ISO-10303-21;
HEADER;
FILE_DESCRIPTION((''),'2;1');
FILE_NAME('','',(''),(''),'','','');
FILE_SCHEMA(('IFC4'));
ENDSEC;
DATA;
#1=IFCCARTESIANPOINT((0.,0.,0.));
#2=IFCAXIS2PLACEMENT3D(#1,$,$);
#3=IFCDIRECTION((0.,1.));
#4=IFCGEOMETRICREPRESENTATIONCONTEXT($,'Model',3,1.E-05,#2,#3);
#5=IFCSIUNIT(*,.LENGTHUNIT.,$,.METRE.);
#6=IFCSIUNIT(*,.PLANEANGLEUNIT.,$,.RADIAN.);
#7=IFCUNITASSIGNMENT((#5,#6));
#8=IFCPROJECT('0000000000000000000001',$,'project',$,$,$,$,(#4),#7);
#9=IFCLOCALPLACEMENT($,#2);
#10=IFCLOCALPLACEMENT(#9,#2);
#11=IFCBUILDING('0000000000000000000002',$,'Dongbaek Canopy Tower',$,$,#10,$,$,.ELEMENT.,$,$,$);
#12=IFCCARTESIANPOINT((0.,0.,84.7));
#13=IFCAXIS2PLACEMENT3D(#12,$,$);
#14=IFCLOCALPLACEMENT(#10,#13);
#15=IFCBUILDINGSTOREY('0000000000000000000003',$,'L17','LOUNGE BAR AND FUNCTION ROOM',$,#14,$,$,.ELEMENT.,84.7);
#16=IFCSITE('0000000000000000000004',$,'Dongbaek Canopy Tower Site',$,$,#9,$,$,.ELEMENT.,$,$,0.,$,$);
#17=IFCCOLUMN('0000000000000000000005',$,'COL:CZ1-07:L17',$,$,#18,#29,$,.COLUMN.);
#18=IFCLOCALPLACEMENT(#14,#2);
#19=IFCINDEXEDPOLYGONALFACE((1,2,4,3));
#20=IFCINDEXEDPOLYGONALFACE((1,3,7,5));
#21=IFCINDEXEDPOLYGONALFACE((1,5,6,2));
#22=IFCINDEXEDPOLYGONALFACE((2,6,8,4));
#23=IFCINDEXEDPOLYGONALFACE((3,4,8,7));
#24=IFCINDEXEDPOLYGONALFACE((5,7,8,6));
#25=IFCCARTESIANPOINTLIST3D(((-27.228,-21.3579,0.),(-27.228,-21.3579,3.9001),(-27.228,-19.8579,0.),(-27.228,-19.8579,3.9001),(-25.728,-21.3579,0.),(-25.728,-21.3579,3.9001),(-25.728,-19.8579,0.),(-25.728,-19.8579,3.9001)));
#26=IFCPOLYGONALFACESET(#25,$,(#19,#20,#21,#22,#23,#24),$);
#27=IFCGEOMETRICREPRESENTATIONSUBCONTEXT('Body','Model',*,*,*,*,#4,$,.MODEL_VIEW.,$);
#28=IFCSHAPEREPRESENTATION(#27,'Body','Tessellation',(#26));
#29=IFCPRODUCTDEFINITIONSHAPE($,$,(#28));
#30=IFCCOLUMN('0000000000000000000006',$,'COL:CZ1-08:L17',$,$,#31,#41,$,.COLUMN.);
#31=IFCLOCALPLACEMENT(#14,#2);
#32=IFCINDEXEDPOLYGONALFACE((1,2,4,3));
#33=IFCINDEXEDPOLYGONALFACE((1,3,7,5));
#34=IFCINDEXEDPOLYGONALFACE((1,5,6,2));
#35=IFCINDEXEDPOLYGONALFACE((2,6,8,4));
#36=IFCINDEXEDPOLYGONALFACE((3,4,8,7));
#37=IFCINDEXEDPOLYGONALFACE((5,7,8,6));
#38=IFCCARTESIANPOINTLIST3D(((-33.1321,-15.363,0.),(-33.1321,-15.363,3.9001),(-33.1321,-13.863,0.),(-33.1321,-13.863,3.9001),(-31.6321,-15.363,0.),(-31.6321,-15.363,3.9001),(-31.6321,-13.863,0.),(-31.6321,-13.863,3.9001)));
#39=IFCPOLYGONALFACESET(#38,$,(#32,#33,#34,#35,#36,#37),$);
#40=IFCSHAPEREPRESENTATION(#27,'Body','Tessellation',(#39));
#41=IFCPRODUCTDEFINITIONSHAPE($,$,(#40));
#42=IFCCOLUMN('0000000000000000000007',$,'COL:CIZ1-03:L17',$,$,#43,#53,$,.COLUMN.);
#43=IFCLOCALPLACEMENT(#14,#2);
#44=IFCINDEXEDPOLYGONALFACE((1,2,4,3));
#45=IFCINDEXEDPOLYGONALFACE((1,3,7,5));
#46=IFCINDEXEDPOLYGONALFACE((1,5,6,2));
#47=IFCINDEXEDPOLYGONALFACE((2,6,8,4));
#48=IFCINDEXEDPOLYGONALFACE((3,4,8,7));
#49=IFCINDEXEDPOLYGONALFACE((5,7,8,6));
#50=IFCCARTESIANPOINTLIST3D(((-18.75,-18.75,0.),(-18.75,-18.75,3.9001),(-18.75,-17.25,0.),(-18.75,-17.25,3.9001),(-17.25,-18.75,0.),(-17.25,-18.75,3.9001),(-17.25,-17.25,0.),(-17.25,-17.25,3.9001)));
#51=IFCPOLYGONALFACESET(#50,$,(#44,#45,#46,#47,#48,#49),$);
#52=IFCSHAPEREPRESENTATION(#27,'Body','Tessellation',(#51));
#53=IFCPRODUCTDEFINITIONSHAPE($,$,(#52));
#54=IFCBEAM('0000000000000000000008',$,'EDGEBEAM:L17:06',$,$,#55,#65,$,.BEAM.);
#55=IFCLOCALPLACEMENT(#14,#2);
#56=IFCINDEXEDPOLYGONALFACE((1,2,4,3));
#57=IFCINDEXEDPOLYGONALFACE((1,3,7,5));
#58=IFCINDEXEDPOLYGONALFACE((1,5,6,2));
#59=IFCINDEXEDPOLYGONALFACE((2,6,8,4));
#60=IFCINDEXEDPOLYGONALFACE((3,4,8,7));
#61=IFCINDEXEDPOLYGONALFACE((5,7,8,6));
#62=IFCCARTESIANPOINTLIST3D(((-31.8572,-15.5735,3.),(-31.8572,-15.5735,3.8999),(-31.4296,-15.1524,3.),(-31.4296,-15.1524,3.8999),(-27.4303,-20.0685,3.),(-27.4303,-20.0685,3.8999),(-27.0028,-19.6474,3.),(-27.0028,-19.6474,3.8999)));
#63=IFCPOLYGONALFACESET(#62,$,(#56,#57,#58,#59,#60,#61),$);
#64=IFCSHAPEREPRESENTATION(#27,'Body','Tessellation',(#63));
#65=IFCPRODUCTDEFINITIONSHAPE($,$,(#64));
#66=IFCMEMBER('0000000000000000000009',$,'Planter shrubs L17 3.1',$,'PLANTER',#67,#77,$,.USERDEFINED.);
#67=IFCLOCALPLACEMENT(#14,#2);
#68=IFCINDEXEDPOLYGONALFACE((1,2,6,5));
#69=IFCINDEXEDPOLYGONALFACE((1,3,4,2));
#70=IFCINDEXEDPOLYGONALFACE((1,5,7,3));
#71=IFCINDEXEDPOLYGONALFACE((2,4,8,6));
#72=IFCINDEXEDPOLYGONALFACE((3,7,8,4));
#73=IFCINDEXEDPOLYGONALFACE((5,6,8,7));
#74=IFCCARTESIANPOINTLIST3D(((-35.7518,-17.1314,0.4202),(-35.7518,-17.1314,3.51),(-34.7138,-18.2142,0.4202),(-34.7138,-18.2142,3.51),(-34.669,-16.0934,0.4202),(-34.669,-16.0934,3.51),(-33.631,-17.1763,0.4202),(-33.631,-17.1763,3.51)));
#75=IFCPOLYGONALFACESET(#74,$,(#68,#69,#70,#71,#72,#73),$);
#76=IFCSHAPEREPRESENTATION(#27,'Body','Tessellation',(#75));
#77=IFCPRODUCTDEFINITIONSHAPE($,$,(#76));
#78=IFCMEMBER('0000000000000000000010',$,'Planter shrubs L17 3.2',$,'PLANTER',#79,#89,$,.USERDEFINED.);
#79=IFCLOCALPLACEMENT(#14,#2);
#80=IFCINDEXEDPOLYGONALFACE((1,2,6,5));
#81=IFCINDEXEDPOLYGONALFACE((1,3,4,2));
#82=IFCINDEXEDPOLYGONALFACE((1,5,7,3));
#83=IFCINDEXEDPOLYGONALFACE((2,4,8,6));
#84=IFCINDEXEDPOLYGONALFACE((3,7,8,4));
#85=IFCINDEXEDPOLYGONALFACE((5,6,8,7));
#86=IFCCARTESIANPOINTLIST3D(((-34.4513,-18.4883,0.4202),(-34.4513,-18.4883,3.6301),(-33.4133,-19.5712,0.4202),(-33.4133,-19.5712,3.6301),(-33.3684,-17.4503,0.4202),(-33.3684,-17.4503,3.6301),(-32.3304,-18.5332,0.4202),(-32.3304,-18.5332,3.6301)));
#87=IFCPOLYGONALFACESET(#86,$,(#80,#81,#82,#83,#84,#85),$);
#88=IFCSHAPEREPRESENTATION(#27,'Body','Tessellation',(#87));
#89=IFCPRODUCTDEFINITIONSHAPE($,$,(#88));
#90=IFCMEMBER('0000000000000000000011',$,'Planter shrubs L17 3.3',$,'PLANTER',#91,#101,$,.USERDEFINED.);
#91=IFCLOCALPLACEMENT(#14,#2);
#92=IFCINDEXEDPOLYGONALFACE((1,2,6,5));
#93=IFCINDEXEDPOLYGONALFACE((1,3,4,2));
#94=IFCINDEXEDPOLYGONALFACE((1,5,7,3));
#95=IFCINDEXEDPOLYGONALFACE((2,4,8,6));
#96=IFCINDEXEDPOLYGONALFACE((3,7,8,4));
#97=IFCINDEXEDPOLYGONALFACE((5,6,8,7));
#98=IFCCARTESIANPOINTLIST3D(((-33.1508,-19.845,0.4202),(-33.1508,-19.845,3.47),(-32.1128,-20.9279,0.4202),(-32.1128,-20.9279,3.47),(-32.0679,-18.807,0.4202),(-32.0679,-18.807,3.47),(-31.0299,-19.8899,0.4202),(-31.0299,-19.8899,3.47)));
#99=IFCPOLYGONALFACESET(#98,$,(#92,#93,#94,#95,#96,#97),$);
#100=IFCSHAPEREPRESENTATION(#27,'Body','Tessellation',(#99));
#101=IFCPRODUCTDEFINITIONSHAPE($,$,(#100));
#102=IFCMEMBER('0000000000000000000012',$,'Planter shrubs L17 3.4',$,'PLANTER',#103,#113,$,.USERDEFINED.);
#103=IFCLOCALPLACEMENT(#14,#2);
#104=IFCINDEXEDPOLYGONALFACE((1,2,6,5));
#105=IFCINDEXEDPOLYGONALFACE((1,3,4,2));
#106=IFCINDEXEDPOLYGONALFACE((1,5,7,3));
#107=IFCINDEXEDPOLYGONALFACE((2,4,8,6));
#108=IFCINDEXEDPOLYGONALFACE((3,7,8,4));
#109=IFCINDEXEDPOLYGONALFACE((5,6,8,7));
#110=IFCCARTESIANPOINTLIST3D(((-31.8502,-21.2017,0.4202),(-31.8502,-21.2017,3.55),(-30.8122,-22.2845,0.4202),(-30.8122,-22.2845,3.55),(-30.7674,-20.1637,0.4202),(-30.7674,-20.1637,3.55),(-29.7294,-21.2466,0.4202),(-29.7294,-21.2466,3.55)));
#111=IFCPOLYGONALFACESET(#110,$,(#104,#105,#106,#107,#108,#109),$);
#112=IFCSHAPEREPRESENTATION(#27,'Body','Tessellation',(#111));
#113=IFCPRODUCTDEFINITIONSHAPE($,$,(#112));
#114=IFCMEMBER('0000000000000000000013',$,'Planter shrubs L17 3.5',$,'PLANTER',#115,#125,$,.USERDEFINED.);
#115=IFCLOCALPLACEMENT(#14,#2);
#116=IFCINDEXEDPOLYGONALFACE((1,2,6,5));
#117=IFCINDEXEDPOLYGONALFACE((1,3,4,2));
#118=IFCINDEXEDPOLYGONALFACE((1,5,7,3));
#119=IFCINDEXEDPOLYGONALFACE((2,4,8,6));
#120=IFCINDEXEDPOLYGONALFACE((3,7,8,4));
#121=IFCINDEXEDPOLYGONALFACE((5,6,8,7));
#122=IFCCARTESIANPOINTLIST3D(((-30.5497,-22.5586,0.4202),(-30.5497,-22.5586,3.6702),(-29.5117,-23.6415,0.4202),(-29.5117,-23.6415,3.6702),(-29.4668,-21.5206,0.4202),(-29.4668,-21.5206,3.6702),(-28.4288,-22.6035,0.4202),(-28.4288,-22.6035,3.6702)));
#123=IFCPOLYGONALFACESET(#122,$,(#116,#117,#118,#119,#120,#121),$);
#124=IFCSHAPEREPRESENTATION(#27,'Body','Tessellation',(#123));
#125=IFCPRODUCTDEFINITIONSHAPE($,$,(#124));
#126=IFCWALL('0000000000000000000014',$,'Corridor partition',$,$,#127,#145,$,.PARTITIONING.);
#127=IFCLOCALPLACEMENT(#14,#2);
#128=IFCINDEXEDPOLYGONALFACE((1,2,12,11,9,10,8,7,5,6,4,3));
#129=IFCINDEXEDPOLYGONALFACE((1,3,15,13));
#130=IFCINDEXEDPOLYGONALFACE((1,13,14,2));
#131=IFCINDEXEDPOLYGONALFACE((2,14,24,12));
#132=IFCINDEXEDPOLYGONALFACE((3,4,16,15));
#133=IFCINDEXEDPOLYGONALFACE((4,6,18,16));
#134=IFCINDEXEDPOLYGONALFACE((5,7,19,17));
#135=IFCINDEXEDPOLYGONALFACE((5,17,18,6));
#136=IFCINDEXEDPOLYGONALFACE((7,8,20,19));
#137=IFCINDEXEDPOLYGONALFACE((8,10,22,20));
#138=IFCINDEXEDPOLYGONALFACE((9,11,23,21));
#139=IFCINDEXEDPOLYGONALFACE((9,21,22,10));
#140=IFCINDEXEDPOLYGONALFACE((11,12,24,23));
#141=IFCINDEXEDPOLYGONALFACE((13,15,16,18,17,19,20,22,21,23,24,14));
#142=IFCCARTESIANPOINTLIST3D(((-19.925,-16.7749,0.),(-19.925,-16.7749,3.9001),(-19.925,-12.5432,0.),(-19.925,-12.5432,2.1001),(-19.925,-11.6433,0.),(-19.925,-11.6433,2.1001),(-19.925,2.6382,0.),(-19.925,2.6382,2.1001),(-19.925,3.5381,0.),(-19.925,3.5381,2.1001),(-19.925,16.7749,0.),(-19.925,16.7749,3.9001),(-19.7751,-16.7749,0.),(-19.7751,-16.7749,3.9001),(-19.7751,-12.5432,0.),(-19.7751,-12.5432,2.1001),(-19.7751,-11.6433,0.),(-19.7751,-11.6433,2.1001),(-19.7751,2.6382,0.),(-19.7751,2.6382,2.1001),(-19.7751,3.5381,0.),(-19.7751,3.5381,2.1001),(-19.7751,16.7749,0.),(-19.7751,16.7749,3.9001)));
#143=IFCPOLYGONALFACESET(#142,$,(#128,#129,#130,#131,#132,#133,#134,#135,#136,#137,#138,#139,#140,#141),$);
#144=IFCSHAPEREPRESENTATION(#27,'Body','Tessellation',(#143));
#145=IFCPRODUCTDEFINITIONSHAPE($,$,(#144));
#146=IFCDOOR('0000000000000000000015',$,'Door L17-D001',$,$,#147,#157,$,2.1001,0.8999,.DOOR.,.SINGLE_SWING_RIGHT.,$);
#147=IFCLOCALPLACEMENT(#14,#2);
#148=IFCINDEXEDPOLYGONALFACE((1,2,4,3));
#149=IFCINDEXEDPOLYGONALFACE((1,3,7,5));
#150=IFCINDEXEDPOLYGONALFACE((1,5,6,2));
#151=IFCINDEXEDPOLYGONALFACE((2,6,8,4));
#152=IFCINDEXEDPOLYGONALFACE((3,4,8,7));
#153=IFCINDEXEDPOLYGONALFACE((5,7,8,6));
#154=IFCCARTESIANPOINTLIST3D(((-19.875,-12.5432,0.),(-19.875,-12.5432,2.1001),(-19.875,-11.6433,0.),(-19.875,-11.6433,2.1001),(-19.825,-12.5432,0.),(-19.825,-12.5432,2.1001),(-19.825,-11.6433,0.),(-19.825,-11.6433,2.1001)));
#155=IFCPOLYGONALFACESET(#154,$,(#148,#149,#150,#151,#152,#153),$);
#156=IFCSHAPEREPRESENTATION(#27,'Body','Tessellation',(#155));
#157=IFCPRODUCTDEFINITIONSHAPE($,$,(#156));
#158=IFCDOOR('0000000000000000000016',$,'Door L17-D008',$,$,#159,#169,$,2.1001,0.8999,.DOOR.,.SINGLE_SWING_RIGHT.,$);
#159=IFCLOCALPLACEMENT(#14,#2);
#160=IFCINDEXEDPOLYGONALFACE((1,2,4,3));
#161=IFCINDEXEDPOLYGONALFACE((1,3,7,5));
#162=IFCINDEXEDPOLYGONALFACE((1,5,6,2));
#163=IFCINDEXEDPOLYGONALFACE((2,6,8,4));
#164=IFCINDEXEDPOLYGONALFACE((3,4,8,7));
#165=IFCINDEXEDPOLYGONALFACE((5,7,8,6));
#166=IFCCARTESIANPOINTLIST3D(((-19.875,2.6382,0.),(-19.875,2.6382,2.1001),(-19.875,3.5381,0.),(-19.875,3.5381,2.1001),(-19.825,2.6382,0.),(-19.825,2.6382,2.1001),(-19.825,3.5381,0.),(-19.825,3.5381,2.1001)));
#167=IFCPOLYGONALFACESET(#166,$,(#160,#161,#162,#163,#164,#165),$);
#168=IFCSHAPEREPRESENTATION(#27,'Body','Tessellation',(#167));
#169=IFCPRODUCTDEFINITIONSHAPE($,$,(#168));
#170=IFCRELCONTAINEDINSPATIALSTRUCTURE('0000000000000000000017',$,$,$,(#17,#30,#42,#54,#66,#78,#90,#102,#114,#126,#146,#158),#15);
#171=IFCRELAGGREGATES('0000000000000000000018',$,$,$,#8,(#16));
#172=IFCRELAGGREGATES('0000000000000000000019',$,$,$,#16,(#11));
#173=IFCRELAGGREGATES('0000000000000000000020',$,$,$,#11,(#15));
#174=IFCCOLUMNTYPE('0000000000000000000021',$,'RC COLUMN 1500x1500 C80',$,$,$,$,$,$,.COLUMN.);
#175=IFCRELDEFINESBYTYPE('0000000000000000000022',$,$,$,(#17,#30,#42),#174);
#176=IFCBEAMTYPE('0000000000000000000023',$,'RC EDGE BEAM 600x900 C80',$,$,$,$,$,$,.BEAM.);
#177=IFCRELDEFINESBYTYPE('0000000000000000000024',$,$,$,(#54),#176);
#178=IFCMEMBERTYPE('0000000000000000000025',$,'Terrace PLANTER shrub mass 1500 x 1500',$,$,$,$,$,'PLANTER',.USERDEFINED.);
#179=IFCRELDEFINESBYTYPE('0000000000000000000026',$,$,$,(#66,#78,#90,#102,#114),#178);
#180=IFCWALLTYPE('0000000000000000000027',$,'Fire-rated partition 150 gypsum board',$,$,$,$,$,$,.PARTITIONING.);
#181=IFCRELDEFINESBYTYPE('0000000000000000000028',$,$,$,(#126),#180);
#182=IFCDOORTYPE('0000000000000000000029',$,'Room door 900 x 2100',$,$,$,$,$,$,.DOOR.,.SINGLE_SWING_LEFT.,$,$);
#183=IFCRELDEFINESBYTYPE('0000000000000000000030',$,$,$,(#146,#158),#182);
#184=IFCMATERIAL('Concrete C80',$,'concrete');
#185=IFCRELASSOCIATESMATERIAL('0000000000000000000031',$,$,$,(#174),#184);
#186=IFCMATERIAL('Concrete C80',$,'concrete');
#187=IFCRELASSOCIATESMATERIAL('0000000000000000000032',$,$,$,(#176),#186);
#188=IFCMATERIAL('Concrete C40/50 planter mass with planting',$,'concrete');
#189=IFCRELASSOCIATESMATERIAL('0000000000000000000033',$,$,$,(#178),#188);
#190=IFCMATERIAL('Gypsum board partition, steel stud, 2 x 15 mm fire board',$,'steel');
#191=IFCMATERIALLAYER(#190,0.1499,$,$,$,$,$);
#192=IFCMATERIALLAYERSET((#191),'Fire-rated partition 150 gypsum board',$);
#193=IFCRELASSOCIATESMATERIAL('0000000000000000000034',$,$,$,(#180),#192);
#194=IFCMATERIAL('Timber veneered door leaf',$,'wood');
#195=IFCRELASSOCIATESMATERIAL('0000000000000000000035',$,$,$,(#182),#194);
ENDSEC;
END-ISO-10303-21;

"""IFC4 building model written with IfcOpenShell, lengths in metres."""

from ifc_helpers import new_model, si_unit, direction, frame, frame_2d, origin, origin_2d, place, context, subcontext, project, spatial, rectangle, extrude, material, layer, layer_set, material_profile, profile_set, type_object, element, fill, save


model = new_model("IFC4")

# Units and contexts
model_context = context("Model", 3, precision=1e-05, world=origin(), true_north=direction((0.0, 1.0)))
body_context = subcontext(model_context, "Body", "Model", "MODEL_VIEW")
ifc_project = project(units=[si_unit("LENGTHUNIT", "METRE"), si_unit("PLANEANGLEUNIT", "RADIAN")], contexts=[model_context])

# Site, building, storey
site_placement = place(None, origin())
site = spatial("IfcSite", under=ifc_project, at=site_placement, Name="Dongbaek Canopy Tower Site", CompositionType="ELEMENT", RefElevation=0.0)
building_placement = place(site_placement, origin())
building = spatial("IfcBuilding", under=site, at=building_placement, Name="Dongbaek Canopy Tower", CompositionType="ELEMENT")
storey_placement = place(building_placement, frame((0.0, 0.0, 84.7)))
storey = spatial("IfcBuildingStorey", under=building, at=storey_placement, Name="L17", Description="LOUNGE BAR AND FUNCTION ROOM", CompositionType="ELEMENT", Elevation=84.7)

# Columns
ifc_material_1 = material(Name="Concrete C80", Category="concrete")
ifc_material_profile_1 = material_profile(ifc_material_1, rectangle(XDim=1.5, YDim=1.5, at=origin_2d()), Name="RC COLUMN 1500x1500 C80")
ifc_profile_set_1 = profile_set([ifc_material_profile_1], Name="Concrete C80")
column_type = type_object("IfcColumnType", Name="RC COLUMN 1500x1500 C80", PredefinedType="COLUMN", material=ifc_profile_set_1)
for number, where, z_axis, x_axis, name in (
    (1, (-26.478, -20.6079, 0.0), (0.0, 0.0, 1.0), (1.0, 0.0, 0.0), "COL:CZ1-07:L17"),
    (2, (-32.3821, -14.613, 0.0), (0.0, 0.0, 1.0), (1.0, 0.0, 0.0), "COL:CZ1-08:L17"),
    (3, (-18.0, -18.0, 0.0), (0.0, 0.0, 1.0), (1.0, 0.0, 0.0), "COL:CIZ1-03:L17"),
):
    element("IfcColumn", number, at=place(storey_placement, frame(where, z_axis=z_axis, x_axis=x_axis)), inside=storey, type_object=column_type, Name=name, PredefinedType="COLUMN", context=body_context, shape_type="SweptSolid", body=[
        extrude(rectangle(XDim=1.5, YDim=1.5, at=origin_2d()), origin(), (0.0, 0.0, 1.0), 3.9001),
    ])

# Beam
ifc_material_2 = material(Name="Concrete C80", Category="concrete")
ifc_material_profile_2 = material_profile(ifc_material_2, rectangle(XDim=0.6001, YDim=0.8999, at=origin_2d()), Name="RC EDGE BEAM 600x900 C80")
ifc_profile_set_2 = profile_set([ifc_material_profile_2], Name="Concrete C80")
beam_type = type_object("IfcBeamType", Name="RC EDGE BEAM 600x900 C80", PredefinedType="BEAM", material=ifc_profile_set_2)
beam_placement = place(storey_placement, frame((-27.2166, -19.8579, 3.45), z_axis=(-0.701688, 0.712485, 0.0), x_axis=(-0.712485, -0.701688, 0.0)))
element("IfcBeam", 4, at=beam_placement, inside=storey, type_object=beam_type, Name="EDGEBEAM:L17:06", PredefinedType="BEAM", context=body_context, shape_type="SweptSolid", body=[
    extrude(rectangle(XDim=0.6001, YDim=0.8999, at=origin_2d()), origin(), (0.0, 0.0, 1.0), 6.3088),
])

# Members
ifc_material_3 = material(Name="Concrete C40/50 planter mass with planting", Category="concrete")
ifc_material_profile_3 = material_profile(ifc_material_3, rectangle(XDim=1.5, YDim=1.5, at=origin_2d()), Name="Terrace PLANTER shrub mass 1500 x 1500")
ifc_profile_set_3 = profile_set([ifc_material_profile_3], Name="Concrete C40/50 planter mass with planting")
member_type = type_object("IfcMemberType", Name="Terrace PLANTER shrub mass 1500 x 1500", ElementType="PLANTER", PredefinedType="USERDEFINED", material=ifc_profile_set_3)
member_1_placement = place(storey_placement, frame((-34.6914, -17.1538, 0.4202), z_axis=(0.0, 0.0, 1.0), x_axis=(-0.721911, -0.691986, 0.0)))
element("IfcMember", 5, at=member_1_placement, inside=storey, type_object=member_type, Name="Planter shrubs L17 3.1", ObjectType="PLANTER", PredefinedType="USERDEFINED", context=body_context, shape_type="SweptSolid", body=[
    extrude(rectangle(XDim=1.5, YDim=1.5, at=origin_2d()), origin(), (0.0, 0.0, 1.0), 3.0898),
])
member_2_placement = place(storey_placement, frame((-33.3909, -18.5107, 0.4202), z_axis=(0.0, 0.0, 1.0), x_axis=(-0.721911, -0.691986, 0.0)))
element("IfcMember", 6, at=member_2_placement, inside=storey, type_object=member_type, Name="Planter shrubs L17 3.2", ObjectType="PLANTER", PredefinedType="USERDEFINED", context=body_context, shape_type="SweptSolid", body=[
    extrude(rectangle(XDim=1.5, YDim=1.5, at=origin_2d()), origin(), (0.0, 0.0, 1.0), 3.21),
])
member_3_placement = place(storey_placement, frame((-32.0903, -19.8674, 0.4202), z_axis=(0.0, 0.0, 1.0), x_axis=(-0.721911, -0.691986, 0.0)))
element("IfcMember", 7, at=member_3_placement, inside=storey, type_object=member_type, Name="Planter shrubs L17 3.3", ObjectType="PLANTER", PredefinedType="USERDEFINED", context=body_context, shape_type="SweptSolid", body=[
    extrude(rectangle(XDim=1.5, YDim=1.5, at=origin_2d()), origin(), (0.0, 0.0, 1.0), 3.0498),
])
member_4_placement = place(storey_placement, frame((-30.7898, -21.2241, 0.4202), z_axis=(0.0, 0.0, 1.0), x_axis=(-0.721911, -0.691986, 0.0)))
element("IfcMember", 8, at=member_4_placement, inside=storey, type_object=member_type, Name="Planter shrubs L17 3.4", ObjectType="PLANTER", PredefinedType="USERDEFINED", context=body_context, shape_type="SweptSolid", body=[
    extrude(rectangle(XDim=1.5, YDim=1.5, at=origin_2d()), origin(), (0.0, 0.0, 1.0), 3.1299),
])
member_5_placement = place(storey_placement, frame((-29.4893, -22.5811, 0.4202), z_axis=(0.0, 0.0, 1.0), x_axis=(-0.721911, -0.691986, 0.0)))
element("IfcMember", 9, at=member_5_placement, inside=storey, type_object=member_type, Name="Planter shrubs L17 3.5", ObjectType="PLANTER", PredefinedType="USERDEFINED", context=body_context, shape_type="SweptSolid", body=[
    extrude(rectangle(XDim=1.5, YDim=1.5, at=origin_2d()), origin(), (0.0, 0.0, 1.0), 3.25),
])

# Wall, openings, doors
ifc_material_4 = material(Name="Gypsum board partition, steel stud, 2 x 15 mm fire board", Category="steel")
ifc_layer_1 = layer(ifc_material_4, 0.1499)
ifc_layer_set_1 = layer_set([ifc_layer_1], Name="Fire-rated partition 150 gypsum board")
wall_type_1 = type_object("IfcWallType", Name="Fire-rated partition 150 gypsum board", PredefinedType="PARTITIONING", material=ifc_layer_set_1)
wall_1_placement = place(storey_placement, frame((-19.8501, -16.7749, 0.0), z_axis=(0.0, 0.0, 1.0), x_axis=(0.0, 1.0, 0.0)))
wall_1 = element("IfcWall", 10, at=wall_1_placement, inside=storey, type_object=wall_type_1, Name="Corridor partition", PredefinedType="PARTITIONING", context=body_context, shape_type="SweptSolid", body=[
    extrude(rectangle(XDim=33.5498, YDim=0.1499, at=frame_2d((16.7749, 0.0))), origin(), (0.0, 0.0, 1.0), 3.9001),
])
opening_1_placement = place(wall_1_placement, frame((4.2317, 0.0, 0.0)))
opening_1 = element("IfcOpeningElement", 11, at=opening_1_placement, cuts=wall_1, PredefinedType="OPENING", context=body_context, shape_type="SweptSolid", body=[
    extrude(rectangle(XDim=0.8999, YDim=2.1001, at=frame_2d((0.45, 1.05))), frame((0.0, 0.085, 0.0), z_axis=(0.0, -1.0, 0.0), x_axis=(1.0, 0.0, 0.0)), (0.0, 0.0, 1.0), 0.1699),
])
opening_2_placement = place(wall_1_placement, frame((19.4131, 0.0, 0.0)))
opening_2 = element("IfcOpeningElement", 12, at=opening_2_placement, cuts=wall_1, PredefinedType="OPENING", context=body_context, shape_type="SweptSolid", body=[
    extrude(rectangle(XDim=0.8999, YDim=2.1001, at=frame_2d((0.45, 1.05))), frame((0.0, 0.085, 0.0), z_axis=(0.0, -1.0, 0.0), x_axis=(1.0, 0.0, 0.0)), (0.0, 0.0, 1.0), 0.1699),
])
ifc_material_5 = material(Name="Timber veneered door leaf", Category="wood")
door_type_1 = type_object("IfcDoorType", Name="Room door 900 x 2100", OperationType="SINGLE_SWING_LEFT", PredefinedType="DOOR", material=ifc_material_5)
door_1_placement = place(opening_1_placement, origin())
door_1 = element("IfcDoor", 13, at=door_1_placement, inside=storey, type_object=door_type_1, Name="Door L17-D001", OperationType="SINGLE_SWING_RIGHT", OverallHeight=2.1001, OverallWidth=0.8999, PredefinedType="DOOR", context=body_context, shape_type="SweptSolid", body=[
    extrude(rectangle(XDim=0.8999, YDim=2.1001, at=frame_2d((0.45, 1.05))), frame((0.0, 0.0249, 0.0), z_axis=(0.0, -1.0, 0.0), x_axis=(1.0, 0.0, 0.0)), (0.0, 0.0, 1.0), 0.05),
])
fill(opening_1, door_1)
door_2_placement = place(opening_2_placement, origin())
door_2 = element("IfcDoor", 14, at=door_2_placement, inside=storey, type_object=door_type_1, Name="Door L17-D008", OperationType="SINGLE_SWING_RIGHT", OverallHeight=2.1001, OverallWidth=0.8999, PredefinedType="DOOR", context=body_context, shape_type="SweptSolid", body=[
    extrude(rectangle(XDim=0.8999, YDim=2.1001, at=frame_2d((0.45, 1.05))), frame((0.0, 0.0249, 0.0), z_axis=(0.0, -1.0, 0.0), x_axis=(1.0, 0.0, 0.0)), (0.0, 0.0, 1.0), 0.05),
])
fill(opening_2, door_2)

save(model, "model.ifc")
